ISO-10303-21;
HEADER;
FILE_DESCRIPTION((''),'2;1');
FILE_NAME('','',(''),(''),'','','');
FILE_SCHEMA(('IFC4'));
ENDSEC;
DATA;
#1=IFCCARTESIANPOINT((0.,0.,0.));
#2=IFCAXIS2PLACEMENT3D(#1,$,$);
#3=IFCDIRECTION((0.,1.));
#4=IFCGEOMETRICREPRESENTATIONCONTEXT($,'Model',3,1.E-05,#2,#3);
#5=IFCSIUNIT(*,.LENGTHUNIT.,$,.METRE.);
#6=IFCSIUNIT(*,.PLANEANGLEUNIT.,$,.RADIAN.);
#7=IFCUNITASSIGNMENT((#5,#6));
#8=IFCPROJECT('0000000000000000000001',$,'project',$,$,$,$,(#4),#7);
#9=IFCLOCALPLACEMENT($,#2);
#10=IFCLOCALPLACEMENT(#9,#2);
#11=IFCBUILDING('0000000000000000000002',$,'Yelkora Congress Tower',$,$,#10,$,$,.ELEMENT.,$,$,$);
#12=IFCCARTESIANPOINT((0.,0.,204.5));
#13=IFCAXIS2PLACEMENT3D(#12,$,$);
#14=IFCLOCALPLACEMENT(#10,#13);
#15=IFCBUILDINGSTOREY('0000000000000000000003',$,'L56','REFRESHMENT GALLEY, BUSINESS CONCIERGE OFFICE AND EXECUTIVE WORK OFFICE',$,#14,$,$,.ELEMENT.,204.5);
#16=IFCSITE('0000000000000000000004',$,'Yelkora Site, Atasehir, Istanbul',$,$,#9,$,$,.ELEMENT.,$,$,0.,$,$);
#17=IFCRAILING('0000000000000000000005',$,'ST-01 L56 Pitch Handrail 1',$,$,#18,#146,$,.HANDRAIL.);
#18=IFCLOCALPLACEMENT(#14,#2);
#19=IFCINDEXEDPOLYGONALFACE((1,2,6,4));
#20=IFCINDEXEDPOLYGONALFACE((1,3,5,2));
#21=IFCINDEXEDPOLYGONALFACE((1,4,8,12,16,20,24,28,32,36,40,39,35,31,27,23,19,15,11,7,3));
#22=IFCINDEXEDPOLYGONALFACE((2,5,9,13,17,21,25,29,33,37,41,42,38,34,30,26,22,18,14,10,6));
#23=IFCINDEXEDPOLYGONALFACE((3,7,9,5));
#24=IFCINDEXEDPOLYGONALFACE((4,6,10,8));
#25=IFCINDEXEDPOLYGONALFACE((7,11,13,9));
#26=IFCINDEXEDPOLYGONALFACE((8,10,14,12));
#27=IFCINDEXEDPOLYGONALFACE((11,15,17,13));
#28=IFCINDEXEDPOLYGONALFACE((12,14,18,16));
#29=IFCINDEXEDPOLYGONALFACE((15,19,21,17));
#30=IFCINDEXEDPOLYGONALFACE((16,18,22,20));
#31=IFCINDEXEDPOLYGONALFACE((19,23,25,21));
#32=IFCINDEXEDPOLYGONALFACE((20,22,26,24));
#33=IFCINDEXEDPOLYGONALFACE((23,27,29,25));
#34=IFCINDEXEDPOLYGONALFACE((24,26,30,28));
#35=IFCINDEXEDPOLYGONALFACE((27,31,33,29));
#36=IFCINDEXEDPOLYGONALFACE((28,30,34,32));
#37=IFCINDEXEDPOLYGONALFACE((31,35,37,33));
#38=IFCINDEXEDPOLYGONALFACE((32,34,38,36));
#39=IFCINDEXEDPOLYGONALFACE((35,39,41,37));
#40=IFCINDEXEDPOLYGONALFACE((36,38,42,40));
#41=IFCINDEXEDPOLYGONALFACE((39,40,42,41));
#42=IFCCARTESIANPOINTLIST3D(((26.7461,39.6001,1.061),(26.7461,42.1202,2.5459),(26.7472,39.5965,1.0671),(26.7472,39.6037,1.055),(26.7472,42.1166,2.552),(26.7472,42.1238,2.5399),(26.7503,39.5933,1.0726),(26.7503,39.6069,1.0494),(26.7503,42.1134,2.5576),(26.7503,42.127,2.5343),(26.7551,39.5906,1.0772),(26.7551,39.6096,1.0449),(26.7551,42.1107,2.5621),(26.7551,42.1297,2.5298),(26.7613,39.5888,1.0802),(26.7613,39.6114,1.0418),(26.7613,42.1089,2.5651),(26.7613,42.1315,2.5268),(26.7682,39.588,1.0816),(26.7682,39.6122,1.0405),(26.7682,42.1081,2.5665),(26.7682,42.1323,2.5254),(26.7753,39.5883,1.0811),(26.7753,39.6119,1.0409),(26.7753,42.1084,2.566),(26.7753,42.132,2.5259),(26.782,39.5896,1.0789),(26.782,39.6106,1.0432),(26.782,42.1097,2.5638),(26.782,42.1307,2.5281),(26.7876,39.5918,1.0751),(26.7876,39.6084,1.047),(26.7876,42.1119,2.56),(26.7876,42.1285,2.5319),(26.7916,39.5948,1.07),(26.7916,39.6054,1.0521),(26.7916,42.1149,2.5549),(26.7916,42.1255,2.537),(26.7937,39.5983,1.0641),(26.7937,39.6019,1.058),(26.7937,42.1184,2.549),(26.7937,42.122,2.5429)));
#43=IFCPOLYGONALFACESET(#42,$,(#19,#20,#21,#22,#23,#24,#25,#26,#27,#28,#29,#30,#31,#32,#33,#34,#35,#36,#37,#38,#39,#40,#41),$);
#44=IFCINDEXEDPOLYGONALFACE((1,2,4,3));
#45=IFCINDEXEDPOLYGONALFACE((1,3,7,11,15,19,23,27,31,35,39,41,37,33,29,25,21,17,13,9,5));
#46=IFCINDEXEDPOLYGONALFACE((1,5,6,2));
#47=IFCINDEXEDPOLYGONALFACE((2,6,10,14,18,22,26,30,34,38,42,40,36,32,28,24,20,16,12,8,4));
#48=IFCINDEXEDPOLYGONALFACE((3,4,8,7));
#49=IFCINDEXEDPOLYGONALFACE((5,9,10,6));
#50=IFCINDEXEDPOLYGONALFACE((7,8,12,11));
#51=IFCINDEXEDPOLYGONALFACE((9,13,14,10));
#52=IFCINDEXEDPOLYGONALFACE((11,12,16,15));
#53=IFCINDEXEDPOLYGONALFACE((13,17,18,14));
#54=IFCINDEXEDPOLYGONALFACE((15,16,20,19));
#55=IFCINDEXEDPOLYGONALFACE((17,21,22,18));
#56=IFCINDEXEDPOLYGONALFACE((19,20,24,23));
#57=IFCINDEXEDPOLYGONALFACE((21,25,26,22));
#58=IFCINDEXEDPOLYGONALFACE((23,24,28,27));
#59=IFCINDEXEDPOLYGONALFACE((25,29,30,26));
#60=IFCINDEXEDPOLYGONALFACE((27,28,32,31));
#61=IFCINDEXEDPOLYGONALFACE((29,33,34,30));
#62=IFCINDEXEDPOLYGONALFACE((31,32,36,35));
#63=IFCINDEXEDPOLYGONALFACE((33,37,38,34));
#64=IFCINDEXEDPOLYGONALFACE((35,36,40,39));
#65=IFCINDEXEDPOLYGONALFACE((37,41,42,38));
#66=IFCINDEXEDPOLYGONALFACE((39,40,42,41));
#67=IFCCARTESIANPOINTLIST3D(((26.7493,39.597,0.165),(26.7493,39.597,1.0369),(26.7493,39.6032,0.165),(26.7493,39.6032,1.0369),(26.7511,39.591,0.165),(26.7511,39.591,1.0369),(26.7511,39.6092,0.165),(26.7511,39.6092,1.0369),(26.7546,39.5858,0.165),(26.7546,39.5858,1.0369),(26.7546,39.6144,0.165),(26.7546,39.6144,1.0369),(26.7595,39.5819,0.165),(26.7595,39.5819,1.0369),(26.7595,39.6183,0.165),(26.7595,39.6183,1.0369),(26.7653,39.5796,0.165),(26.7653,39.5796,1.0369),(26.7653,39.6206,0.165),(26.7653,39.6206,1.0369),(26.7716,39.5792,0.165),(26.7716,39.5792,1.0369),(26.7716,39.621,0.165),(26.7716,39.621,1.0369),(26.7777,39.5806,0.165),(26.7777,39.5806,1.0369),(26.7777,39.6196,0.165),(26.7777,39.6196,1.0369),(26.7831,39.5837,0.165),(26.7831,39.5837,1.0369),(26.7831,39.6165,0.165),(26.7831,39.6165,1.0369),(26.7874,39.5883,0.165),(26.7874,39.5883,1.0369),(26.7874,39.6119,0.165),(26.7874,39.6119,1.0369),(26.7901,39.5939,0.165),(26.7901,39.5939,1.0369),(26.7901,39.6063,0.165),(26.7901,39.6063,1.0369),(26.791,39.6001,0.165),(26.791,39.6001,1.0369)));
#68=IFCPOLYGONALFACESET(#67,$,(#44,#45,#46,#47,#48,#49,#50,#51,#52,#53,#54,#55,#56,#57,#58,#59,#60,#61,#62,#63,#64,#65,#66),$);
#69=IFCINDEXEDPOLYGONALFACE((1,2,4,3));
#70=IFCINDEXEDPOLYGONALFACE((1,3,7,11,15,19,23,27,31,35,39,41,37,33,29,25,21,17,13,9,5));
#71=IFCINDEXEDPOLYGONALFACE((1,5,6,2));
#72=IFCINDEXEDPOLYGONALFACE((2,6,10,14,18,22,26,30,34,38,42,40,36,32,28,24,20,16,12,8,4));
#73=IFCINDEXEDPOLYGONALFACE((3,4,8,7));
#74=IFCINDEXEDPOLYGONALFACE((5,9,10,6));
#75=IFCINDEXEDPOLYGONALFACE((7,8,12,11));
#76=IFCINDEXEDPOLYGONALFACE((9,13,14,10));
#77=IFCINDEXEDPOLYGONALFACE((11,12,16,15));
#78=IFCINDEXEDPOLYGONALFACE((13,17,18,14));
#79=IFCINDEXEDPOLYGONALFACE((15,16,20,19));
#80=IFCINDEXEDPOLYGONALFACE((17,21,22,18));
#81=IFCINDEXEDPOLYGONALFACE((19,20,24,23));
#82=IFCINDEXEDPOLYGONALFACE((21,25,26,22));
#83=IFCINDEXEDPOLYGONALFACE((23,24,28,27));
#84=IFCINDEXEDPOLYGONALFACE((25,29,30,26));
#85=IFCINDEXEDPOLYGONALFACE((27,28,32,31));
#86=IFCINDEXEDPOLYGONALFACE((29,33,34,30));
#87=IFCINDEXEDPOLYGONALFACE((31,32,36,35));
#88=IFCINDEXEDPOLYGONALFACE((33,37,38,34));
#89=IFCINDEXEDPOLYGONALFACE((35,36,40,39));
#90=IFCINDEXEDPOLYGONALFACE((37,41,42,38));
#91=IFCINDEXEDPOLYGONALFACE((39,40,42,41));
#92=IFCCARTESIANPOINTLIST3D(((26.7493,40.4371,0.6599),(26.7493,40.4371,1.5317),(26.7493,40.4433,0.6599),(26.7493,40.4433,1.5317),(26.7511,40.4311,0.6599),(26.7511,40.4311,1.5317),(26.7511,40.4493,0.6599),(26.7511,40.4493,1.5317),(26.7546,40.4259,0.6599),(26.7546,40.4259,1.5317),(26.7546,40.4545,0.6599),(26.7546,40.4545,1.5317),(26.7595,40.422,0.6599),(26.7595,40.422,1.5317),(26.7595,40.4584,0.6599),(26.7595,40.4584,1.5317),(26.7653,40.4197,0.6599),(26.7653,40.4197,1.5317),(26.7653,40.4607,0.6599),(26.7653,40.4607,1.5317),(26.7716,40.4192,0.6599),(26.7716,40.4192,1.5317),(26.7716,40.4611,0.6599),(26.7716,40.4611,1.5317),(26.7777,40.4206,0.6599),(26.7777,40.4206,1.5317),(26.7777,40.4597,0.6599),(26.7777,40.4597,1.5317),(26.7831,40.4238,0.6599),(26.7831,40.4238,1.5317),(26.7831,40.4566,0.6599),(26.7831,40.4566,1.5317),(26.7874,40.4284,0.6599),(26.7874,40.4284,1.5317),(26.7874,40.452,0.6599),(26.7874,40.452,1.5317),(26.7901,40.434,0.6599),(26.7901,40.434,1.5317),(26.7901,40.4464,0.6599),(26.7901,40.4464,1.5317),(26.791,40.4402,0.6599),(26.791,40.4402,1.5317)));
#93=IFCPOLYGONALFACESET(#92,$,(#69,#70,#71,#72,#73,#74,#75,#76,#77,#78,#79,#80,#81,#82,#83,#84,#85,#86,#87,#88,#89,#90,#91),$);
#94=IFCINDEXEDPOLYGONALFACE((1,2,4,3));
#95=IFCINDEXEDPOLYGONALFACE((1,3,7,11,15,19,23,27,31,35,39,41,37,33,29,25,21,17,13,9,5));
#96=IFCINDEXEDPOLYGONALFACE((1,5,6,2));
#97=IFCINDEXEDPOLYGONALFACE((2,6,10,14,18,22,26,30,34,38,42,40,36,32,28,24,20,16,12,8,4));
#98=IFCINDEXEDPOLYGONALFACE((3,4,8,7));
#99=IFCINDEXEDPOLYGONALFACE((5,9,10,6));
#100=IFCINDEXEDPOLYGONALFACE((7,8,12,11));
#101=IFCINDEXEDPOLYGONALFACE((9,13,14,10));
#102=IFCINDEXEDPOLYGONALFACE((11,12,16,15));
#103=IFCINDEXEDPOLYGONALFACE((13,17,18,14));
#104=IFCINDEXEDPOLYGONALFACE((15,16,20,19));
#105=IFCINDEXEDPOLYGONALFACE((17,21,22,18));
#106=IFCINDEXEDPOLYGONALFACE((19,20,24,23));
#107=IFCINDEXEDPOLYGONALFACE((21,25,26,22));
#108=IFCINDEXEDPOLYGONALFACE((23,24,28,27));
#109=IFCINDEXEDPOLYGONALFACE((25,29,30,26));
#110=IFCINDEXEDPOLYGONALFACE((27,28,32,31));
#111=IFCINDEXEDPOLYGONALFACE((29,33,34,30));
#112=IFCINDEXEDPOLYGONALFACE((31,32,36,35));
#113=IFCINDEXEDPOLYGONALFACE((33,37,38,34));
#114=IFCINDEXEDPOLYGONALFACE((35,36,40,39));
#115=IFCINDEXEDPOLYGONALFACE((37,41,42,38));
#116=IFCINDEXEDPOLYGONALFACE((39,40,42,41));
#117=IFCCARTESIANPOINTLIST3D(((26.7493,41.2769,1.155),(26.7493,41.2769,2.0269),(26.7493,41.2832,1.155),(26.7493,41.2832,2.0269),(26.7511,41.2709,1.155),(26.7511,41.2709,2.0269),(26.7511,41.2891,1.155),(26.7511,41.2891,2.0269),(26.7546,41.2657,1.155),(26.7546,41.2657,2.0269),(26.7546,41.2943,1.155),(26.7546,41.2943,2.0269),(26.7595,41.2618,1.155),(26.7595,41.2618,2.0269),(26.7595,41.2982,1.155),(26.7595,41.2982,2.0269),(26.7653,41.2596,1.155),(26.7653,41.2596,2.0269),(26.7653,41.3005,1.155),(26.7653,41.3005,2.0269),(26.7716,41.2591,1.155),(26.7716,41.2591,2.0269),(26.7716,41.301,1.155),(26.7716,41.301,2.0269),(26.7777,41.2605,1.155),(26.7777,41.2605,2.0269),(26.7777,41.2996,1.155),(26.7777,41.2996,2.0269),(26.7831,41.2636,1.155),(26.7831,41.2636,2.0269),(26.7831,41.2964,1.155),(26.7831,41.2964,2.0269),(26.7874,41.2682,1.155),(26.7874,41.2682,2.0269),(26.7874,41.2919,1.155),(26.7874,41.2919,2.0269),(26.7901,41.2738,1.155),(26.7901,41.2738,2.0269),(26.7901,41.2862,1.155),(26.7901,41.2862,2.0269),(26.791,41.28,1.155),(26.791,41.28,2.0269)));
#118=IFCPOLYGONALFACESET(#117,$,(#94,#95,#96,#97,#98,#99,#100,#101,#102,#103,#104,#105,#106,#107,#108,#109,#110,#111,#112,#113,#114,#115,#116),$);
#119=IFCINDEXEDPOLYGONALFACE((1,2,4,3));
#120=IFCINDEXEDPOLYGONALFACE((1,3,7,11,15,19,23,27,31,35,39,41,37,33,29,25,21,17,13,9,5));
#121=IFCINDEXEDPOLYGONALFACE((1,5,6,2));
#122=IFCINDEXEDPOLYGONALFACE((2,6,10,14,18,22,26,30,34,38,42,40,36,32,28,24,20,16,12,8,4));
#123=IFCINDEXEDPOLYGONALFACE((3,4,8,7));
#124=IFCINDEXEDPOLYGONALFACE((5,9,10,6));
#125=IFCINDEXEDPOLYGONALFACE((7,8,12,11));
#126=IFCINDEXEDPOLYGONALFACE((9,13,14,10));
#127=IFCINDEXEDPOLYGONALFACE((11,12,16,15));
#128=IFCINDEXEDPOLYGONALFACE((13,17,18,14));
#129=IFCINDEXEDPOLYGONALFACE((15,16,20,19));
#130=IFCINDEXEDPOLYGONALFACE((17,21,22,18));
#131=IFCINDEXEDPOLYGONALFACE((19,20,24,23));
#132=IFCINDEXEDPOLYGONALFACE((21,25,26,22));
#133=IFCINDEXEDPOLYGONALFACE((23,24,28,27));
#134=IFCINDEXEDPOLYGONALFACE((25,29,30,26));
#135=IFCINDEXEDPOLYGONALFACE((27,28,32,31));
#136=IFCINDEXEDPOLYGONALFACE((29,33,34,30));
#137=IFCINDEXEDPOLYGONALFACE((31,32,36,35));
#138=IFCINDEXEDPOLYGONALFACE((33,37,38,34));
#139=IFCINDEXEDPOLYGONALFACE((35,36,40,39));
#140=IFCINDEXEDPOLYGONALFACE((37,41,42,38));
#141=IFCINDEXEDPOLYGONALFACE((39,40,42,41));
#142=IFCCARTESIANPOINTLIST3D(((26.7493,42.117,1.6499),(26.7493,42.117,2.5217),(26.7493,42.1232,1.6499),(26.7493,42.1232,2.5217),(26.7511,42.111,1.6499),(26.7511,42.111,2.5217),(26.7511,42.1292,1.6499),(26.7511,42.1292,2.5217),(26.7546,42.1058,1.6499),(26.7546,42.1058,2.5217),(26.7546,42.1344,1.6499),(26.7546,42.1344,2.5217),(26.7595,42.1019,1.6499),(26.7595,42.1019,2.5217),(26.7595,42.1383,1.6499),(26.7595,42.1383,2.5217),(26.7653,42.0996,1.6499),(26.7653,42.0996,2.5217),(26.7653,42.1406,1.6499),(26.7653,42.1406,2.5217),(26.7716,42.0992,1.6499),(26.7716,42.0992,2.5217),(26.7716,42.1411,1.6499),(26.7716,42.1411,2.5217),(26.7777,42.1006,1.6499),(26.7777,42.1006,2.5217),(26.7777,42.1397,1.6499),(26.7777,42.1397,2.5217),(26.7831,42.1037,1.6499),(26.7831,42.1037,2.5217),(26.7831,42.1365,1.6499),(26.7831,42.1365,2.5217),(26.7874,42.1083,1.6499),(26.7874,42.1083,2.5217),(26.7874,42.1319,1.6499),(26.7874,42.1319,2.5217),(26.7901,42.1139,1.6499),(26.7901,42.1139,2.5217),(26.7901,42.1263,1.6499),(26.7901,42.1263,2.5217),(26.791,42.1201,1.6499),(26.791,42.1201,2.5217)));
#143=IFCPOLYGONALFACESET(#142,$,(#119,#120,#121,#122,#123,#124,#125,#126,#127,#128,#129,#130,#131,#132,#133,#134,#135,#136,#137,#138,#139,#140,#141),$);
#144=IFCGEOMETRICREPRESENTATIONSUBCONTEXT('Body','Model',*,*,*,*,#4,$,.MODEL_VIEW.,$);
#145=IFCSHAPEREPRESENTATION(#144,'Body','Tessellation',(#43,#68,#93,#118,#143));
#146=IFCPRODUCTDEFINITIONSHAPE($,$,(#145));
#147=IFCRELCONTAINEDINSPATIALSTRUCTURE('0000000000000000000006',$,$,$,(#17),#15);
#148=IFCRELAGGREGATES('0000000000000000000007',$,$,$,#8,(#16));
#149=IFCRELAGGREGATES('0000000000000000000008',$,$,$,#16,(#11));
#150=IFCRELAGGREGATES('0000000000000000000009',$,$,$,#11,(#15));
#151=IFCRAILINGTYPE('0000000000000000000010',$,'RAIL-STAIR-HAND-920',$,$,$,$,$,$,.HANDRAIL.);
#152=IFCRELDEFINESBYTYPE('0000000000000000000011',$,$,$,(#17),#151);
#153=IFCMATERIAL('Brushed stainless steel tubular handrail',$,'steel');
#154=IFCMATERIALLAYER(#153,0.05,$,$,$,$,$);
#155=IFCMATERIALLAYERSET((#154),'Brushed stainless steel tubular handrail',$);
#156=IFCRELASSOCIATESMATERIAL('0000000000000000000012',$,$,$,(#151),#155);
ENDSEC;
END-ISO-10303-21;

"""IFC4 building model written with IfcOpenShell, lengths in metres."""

from ifc_helpers import new_model, si_unit, direction, frame, origin, origin_2d, place, context, subcontext, project, spatial, circle, extrude, material, layer, layer_set, type_object, element, save


model = new_model("IFC4")

# Units and contexts
model_context = context("Model", 3, precision=1e-05, world=origin(), true_north=direction((0.0, 1.0)))
body_context = subcontext(model_context, "Body", "Model", "MODEL_VIEW")
ifc_project = project(units=[si_unit("LENGTHUNIT", "METRE"), si_unit("PLANEANGLEUNIT", "RADIAN")], contexts=[model_context])

# Site, building, storey
site_placement = place(None, origin())
site = spatial("IfcSite", under=ifc_project, at=site_placement, Name="Yelkora Site, Atasehir, Istanbul", CompositionType="ELEMENT", RefElevation=0.0)
building_placement = place(site_placement, origin())
building = spatial("IfcBuilding", under=site, at=building_placement, Name="Yelkora Congress Tower", CompositionType="ELEMENT")
storey_placement = place(building_placement, frame((0.0, 0.0, 204.5)))
storey = spatial("IfcBuildingStorey", under=building, at=storey_placement, Name="L56", Description="REFRESHMENT GALLEY, BUSINESS CONCIERGE OFFICE AND EXECUTIVE WORK OFFICE", CompositionType="ELEMENT", Elevation=204.5)

# Railing
ifc_material_1 = material(Name="Brushed stainless steel tubular handrail", Category="steel")
ifc_layer_1 = layer(ifc_material_1, 0.05)
ifc_layer_set_1 = layer_set([ifc_layer_1], Name="Brushed stainless steel tubular handrail")
railing_type_1 = type_object("IfcRailingType", Name="RAIL-STAIR-HAND-920", PredefinedType="HANDRAIL", material=ifc_layer_set_1)
railing_1_placement = place(storey_placement, frame((26.77, 39.6001, 0.165)))
element("IfcRailing", 1, at=railing_1_placement, inside=storey, type_object=railing_type_1, Name="ST-01 L56 Pitch Handrail 1", PredefinedType="HANDRAIL", context=body_context, shape_type="SweptSolid", body=[
    extrude(circle(Radius=0.0239, at=origin_2d()), frame((0.0, 0.0, 0.896), z_axis=(0.0, 0.861561, 0.507655), x_axis=(-1.0, 0.0, 0.0)), (0.0, 0.0, 1.0), 2.925),
    extrude(circle(Radius=0.021, at=origin_2d()), origin(), (0.0, 0.0, 1.0), 0.8718),
    extrude(circle(Radius=0.021, at=origin_2d()), frame((0.0, 0.8401, 0.4949)), (0.0, 0.0, 1.0), 0.8718),
    extrude(circle(Radius=0.021, at=origin_2d()), frame((0.0, 1.6799, 0.99)), (0.0, 0.0, 1.0), 0.8718),
    extrude(circle(Radius=0.021, at=origin_2d()), frame((0.0, 2.52, 1.4849)), (0.0, 0.0, 1.0), 0.8718),
])

save(model, "model.ifc")
